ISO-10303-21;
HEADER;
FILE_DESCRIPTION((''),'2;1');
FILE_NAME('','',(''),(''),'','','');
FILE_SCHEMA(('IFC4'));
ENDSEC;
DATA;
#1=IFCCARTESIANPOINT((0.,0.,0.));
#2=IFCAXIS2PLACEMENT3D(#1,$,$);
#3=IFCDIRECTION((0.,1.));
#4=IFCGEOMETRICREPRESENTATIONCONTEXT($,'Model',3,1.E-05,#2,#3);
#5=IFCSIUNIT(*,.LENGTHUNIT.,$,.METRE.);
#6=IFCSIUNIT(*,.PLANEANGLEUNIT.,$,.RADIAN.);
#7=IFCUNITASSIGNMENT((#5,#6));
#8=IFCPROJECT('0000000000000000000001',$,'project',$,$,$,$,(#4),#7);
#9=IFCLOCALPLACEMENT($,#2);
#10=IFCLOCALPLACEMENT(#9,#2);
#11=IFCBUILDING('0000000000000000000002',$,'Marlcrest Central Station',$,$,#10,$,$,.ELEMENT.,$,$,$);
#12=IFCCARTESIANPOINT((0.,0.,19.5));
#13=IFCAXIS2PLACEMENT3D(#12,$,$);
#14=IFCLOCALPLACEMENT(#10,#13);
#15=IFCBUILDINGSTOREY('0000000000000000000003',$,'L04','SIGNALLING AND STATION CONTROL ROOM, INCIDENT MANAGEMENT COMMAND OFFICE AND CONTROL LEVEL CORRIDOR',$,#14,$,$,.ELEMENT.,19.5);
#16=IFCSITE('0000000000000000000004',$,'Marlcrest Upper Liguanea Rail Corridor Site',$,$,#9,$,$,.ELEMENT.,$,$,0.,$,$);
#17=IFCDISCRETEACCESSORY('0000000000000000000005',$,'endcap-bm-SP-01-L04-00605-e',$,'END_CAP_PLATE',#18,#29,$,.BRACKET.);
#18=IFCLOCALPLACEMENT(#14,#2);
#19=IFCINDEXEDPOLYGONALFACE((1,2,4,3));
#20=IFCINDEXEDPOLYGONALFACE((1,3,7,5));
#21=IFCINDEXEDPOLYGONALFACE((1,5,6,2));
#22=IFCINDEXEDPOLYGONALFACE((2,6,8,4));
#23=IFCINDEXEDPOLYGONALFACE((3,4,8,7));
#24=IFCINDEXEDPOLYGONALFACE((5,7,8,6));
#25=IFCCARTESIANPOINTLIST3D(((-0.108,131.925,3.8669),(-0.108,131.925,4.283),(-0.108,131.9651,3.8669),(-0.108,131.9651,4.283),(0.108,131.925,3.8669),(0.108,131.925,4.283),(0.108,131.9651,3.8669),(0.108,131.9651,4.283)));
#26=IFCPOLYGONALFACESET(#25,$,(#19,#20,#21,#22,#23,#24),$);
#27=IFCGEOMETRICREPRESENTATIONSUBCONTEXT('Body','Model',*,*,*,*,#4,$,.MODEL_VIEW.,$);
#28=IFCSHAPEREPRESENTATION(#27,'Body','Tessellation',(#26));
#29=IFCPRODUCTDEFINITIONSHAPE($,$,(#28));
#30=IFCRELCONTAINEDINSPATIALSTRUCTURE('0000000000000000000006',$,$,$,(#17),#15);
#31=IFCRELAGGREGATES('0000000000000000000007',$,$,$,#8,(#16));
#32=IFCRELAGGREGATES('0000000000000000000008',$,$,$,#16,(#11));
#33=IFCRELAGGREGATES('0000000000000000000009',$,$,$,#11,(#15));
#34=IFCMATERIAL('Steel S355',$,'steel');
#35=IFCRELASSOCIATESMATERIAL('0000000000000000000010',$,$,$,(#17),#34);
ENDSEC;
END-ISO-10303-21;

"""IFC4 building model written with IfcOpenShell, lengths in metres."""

from ifc_helpers import new_model, si_unit, direction, frame, origin, origin_2d, place, context, subcontext, project, spatial, rectangle, extrude, material, element, save


model = new_model("IFC4")

# Units and contexts
model_context = context("Model", 3, precision=1e-05, world=origin(), true_north=direction((0.0, 1.0)))
body_context = subcontext(model_context, "Body", "Model", "MODEL_VIEW")
ifc_project = project(units=[si_unit("LENGTHUNIT", "METRE"), si_unit("PLANEANGLEUNIT", "RADIAN")], contexts=[model_context])

# Site, building, storey
site_placement = place(None, origin())
site = spatial("IfcSite", under=ifc_project, at=site_placement, Name="Marlcrest Upper Liguanea Rail Corridor Site", CompositionType="ELEMENT", RefElevation=0.0)
building_placement = place(site_placement, origin())
building = spatial("IfcBuilding", under=site, at=building_placement, Name="Marlcrest Central Station", CompositionType="ELEMENT")
storey_placement = place(building_placement, frame((0.0, 0.0, 19.5)))
storey = spatial("IfcBuildingStorey", under=building, at=storey_placement, Name="L04", Description="SIGNALLING AND STATION CONTROL ROOM, INCIDENT MANAGEMENT COMMAND OFFICE AND CONTROL LEVEL CORRIDOR", CompositionType="ELEMENT", Elevation=19.5)

# Shared definitions
ifc_material_1 = material(Name="Steel S355", Category="steel")

# Discrete accessory
for number, where, z_axis, x_axis, name in (
    (1, (0.0, 131.925, 4.075), (0.0, 1.0, 0.0), (-1.0, 0.0, 0.0), "endcap-bm-SP-01-L04-00605-e"),
):
    element("IfcDiscreteAccessory", number, at=place(storey_placement, frame(where, z_axis=z_axis, x_axis=x_axis)), inside=storey, material=ifc_material_1, Name=name, ObjectType="END_CAP_PLATE", PredefinedType="BRACKET", context=body_context, shape_type="SweptSolid", body=[
        extrude(rectangle(XDim=0.2161, YDim=0.416, at=origin_2d()), origin(), (0.0, 0.0, 1.0), 0.04),
    ])

save(model, "model.ifc")
